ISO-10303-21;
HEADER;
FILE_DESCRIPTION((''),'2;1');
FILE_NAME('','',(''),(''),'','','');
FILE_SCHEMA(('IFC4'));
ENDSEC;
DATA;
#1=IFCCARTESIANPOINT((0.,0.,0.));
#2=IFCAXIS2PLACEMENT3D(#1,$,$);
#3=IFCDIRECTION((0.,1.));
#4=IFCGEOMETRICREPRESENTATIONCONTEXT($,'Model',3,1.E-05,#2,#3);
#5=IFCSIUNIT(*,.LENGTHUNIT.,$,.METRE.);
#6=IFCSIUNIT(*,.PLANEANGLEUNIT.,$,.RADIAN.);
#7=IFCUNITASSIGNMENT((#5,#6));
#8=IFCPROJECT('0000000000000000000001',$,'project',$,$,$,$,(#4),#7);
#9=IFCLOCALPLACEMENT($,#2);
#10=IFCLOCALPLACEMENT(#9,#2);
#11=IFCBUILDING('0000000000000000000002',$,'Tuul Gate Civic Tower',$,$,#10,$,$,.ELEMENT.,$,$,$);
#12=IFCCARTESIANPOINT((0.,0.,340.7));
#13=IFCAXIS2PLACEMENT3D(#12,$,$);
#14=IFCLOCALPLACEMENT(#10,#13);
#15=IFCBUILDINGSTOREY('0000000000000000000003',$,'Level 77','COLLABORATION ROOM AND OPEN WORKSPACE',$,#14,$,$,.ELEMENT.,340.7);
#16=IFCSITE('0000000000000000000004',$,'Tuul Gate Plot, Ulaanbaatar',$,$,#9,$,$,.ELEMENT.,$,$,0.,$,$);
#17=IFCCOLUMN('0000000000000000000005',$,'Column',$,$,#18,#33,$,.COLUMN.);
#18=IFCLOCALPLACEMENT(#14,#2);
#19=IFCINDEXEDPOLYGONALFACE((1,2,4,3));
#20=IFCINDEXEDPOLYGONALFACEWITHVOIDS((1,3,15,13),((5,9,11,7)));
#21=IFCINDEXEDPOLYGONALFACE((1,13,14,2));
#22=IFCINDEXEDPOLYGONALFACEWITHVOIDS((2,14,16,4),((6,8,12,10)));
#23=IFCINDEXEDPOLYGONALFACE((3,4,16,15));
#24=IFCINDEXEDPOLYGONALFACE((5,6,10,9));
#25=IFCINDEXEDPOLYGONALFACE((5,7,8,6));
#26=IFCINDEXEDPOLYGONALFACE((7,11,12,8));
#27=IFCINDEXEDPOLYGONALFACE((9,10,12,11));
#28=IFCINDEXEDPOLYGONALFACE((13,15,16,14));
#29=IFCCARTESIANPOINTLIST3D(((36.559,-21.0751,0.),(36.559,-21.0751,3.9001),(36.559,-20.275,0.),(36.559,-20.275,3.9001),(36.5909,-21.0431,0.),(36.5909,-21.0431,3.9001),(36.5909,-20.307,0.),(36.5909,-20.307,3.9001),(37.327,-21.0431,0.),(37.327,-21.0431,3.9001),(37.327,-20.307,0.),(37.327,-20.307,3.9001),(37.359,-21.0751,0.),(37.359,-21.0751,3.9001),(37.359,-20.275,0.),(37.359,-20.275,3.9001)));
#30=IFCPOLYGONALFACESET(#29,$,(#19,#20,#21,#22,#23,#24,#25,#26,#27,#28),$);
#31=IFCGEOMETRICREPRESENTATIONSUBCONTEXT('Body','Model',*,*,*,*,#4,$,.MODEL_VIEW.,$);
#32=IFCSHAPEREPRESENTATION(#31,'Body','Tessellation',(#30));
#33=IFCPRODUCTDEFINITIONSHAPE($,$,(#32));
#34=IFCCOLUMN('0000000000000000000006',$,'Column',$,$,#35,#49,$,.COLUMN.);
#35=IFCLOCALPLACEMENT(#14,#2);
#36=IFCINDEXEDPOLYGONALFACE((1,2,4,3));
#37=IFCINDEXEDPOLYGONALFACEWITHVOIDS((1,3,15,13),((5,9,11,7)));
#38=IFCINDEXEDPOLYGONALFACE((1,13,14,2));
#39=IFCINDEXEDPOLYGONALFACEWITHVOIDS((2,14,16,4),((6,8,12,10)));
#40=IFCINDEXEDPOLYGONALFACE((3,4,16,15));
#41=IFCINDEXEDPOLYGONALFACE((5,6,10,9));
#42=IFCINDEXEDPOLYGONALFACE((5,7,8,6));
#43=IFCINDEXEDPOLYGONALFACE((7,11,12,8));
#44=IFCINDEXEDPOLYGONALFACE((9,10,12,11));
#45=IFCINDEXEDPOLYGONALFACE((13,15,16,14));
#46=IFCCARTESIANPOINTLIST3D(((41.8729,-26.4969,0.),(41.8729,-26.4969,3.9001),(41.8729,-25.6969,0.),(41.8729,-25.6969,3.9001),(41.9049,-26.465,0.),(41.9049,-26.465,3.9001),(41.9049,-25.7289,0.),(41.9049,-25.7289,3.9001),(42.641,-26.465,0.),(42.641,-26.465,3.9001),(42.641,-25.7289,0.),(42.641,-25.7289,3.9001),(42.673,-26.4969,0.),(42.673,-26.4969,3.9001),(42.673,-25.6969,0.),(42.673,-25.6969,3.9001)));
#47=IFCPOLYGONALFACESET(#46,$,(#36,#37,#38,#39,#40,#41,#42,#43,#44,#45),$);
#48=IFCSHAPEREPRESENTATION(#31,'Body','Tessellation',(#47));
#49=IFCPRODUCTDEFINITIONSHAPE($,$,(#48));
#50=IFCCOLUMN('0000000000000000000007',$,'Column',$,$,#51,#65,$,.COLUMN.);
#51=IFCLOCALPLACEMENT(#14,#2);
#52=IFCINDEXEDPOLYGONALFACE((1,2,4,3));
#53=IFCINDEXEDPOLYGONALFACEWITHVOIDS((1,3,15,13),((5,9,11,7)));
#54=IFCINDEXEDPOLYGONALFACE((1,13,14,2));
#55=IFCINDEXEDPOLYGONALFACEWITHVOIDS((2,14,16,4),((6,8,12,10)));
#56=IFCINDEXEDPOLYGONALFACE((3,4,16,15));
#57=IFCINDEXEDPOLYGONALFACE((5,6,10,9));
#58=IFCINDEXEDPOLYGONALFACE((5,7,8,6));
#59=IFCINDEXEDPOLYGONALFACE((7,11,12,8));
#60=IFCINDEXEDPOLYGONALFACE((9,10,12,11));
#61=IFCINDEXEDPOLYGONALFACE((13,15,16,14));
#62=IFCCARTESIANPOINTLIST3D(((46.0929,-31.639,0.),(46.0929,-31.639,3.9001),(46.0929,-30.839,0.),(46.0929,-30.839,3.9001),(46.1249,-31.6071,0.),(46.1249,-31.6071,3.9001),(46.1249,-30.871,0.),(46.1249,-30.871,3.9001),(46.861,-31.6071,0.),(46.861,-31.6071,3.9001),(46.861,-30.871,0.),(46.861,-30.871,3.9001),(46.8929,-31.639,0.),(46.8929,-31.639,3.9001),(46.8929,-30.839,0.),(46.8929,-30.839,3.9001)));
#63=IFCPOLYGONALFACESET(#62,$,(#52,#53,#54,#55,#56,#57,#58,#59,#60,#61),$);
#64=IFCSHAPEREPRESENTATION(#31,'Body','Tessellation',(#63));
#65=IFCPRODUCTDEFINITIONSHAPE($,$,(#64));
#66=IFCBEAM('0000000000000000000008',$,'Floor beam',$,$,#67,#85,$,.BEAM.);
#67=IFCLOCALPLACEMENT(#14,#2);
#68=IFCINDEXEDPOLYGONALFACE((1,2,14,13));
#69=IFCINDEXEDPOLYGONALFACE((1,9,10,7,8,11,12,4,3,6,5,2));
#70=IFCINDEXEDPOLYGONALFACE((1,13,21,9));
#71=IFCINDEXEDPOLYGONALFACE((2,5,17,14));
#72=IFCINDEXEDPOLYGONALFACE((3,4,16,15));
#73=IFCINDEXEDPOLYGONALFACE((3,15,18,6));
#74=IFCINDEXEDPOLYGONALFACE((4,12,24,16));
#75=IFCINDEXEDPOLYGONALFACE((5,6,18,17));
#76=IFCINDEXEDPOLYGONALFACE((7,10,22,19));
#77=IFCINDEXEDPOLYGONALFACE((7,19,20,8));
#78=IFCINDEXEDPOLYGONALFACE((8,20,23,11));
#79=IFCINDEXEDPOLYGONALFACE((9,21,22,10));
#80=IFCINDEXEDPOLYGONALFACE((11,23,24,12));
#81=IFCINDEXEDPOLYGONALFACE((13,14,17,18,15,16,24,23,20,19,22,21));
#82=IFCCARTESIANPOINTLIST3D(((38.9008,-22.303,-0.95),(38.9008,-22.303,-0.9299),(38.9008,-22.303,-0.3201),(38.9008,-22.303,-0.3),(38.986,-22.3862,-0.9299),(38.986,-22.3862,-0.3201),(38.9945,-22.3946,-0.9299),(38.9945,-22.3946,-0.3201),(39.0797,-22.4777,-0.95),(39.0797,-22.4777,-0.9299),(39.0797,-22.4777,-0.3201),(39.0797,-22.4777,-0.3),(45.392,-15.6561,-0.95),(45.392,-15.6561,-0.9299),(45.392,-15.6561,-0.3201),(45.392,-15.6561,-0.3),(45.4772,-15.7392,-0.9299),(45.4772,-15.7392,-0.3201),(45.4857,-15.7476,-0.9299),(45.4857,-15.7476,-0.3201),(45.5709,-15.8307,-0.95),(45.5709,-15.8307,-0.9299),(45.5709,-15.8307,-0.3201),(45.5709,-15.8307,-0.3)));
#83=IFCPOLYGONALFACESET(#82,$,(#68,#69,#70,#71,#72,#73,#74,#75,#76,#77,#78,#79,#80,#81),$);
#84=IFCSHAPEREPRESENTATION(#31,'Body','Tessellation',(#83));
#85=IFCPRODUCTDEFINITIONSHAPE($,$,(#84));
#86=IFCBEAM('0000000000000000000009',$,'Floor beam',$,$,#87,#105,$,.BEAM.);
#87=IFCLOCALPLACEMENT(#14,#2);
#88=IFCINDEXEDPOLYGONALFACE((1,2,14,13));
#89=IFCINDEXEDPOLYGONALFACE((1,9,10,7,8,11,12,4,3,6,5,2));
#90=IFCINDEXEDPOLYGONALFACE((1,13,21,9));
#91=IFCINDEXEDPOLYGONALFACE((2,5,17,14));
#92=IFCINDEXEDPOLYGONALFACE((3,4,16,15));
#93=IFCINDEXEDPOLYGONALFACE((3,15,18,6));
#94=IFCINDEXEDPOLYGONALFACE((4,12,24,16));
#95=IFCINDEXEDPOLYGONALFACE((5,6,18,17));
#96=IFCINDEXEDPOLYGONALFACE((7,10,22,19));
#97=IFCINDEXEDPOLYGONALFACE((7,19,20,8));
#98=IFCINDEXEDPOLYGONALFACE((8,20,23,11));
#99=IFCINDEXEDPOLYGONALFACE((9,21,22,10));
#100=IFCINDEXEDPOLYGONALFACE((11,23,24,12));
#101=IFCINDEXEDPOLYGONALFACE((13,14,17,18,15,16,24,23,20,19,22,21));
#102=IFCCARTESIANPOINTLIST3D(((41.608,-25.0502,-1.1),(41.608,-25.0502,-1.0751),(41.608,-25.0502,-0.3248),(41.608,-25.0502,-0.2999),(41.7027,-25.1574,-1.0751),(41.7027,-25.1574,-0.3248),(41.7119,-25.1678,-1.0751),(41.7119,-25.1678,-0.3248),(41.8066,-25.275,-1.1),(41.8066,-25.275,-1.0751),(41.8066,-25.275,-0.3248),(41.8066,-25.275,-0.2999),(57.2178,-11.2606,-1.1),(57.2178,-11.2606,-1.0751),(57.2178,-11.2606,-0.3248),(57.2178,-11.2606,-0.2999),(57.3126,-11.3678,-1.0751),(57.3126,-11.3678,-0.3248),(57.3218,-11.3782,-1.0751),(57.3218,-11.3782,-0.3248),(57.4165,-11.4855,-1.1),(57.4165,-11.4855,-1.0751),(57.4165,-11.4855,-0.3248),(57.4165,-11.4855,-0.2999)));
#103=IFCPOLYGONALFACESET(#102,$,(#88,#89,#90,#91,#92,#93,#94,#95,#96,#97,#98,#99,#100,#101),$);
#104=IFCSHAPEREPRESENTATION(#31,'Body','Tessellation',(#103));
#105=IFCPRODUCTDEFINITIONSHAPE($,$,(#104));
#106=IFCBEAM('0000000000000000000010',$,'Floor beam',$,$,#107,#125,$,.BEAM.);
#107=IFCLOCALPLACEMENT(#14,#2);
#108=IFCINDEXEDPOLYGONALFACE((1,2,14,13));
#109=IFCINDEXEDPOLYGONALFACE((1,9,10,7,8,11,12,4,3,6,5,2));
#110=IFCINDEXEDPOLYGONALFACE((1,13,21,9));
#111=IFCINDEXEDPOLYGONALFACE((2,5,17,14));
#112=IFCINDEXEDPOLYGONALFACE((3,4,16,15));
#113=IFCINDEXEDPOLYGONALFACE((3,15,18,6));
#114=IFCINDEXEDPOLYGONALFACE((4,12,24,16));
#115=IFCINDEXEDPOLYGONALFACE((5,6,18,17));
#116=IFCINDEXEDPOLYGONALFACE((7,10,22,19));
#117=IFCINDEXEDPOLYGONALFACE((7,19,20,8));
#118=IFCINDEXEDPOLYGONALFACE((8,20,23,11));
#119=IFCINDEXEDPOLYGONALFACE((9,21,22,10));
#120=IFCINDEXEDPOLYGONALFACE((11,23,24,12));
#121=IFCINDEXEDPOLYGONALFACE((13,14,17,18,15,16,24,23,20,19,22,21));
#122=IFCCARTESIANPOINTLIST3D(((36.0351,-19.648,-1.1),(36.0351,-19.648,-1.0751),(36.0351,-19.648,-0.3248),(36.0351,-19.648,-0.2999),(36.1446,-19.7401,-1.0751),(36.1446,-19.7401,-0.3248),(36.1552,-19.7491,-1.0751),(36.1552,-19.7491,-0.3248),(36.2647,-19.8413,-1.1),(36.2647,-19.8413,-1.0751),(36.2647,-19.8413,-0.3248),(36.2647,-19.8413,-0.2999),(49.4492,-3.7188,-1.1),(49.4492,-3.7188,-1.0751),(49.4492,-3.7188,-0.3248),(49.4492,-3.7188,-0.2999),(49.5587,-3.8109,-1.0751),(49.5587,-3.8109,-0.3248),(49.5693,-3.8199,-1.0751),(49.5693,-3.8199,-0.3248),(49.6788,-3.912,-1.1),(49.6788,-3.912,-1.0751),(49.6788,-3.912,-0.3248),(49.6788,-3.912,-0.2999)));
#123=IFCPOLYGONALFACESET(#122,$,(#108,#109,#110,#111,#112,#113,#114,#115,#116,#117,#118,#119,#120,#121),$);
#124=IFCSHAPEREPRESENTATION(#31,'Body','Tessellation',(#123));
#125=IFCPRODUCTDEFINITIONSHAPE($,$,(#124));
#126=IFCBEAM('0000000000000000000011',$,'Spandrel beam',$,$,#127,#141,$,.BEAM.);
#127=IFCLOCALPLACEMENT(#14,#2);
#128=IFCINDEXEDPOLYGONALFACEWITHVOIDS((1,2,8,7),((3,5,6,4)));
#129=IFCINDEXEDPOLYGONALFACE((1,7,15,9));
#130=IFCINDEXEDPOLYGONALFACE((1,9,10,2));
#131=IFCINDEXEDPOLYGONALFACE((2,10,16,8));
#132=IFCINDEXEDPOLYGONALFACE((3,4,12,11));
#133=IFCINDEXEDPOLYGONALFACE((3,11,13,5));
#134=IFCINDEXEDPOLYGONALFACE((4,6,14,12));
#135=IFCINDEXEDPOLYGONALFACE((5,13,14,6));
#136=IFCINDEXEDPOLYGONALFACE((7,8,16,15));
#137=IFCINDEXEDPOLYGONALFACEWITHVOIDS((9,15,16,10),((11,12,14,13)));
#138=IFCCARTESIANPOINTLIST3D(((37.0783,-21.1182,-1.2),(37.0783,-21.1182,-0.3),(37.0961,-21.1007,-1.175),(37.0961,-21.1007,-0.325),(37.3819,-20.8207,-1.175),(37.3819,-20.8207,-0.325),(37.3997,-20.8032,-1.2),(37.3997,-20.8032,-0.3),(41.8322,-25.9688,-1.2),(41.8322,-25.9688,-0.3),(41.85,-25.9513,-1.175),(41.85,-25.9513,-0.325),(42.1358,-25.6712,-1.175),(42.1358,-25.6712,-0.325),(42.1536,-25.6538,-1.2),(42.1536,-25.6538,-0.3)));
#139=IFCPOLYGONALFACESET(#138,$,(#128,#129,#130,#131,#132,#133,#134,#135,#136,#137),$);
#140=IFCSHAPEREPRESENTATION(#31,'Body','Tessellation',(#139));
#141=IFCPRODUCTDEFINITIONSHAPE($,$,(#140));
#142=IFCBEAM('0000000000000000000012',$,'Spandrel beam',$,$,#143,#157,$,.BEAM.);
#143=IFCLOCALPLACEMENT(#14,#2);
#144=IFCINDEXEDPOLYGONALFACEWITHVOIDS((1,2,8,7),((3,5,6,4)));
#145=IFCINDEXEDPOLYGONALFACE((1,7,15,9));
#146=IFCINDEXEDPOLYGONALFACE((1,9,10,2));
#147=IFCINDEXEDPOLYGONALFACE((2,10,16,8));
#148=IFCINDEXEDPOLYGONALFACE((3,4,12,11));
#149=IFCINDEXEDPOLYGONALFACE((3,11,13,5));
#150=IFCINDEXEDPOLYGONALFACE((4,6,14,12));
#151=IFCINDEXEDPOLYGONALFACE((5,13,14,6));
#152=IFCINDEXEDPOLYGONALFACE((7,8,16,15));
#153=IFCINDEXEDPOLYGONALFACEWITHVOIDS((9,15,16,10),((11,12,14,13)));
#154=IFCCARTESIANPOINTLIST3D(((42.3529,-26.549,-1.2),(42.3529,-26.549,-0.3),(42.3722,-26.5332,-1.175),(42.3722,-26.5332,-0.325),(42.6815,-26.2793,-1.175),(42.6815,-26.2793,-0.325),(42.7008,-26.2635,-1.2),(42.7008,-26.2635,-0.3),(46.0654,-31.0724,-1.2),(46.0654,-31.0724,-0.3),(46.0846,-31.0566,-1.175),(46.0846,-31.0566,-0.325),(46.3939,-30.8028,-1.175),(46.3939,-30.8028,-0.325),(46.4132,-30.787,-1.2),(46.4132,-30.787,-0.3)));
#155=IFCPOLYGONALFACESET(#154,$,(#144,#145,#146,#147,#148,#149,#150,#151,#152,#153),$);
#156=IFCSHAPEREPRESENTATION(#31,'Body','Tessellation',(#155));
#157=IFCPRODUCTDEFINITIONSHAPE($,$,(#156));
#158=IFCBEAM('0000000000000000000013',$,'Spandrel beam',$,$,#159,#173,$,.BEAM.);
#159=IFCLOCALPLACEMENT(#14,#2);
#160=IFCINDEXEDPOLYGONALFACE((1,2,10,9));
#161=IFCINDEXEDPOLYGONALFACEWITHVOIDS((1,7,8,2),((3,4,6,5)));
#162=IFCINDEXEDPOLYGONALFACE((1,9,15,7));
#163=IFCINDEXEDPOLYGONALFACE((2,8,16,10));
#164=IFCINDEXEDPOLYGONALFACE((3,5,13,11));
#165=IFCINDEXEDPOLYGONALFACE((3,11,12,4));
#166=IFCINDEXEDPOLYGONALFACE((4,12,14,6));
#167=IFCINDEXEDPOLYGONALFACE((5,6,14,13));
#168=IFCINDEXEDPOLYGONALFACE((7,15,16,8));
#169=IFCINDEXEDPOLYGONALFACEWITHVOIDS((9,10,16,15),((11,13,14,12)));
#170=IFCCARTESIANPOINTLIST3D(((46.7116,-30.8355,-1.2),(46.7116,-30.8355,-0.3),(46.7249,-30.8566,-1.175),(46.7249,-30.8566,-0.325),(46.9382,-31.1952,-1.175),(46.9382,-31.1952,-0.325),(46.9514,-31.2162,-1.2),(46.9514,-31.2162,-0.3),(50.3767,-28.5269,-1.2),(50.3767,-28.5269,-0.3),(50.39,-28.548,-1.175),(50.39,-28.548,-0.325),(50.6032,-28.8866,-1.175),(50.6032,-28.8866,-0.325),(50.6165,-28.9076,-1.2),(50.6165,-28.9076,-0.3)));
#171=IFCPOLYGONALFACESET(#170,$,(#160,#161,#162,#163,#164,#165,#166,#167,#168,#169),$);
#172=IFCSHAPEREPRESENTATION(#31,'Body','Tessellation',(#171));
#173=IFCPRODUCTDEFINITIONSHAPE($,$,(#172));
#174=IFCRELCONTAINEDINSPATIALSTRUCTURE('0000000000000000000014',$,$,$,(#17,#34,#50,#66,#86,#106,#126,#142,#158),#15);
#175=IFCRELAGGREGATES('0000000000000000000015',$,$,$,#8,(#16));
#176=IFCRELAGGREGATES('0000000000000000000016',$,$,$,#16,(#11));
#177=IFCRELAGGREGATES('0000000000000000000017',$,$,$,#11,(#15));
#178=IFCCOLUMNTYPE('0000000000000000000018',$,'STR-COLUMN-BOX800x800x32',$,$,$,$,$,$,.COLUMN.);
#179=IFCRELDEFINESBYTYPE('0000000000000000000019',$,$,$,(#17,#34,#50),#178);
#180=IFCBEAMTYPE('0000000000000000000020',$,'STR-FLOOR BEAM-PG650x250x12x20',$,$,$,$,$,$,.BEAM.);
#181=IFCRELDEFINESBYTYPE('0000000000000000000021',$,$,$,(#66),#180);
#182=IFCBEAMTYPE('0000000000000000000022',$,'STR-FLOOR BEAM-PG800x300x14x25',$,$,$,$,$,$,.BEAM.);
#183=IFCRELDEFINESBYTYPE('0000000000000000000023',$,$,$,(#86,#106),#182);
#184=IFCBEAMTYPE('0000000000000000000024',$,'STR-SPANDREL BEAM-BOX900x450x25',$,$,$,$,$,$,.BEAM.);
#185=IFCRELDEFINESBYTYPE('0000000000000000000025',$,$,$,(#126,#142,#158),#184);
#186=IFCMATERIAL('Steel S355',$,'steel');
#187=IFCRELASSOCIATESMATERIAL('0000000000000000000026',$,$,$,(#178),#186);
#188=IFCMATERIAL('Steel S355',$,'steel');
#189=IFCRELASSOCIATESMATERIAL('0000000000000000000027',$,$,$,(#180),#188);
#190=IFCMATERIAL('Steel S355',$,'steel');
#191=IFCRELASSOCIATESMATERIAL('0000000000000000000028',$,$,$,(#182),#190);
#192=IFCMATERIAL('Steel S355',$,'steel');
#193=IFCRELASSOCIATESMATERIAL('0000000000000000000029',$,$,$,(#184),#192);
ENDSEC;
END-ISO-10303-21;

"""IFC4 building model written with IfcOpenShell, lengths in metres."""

from ifc_helpers import new_model, si_unit, direction, frame, origin, origin_2d, place, context, subcontext, project, spatial, hollow_rectangle, i_section, extrude, material, material_profile, profile_set, type_object, element, save


model = new_model("IFC4")

# Units and contexts
model_context = context("Model", 3, precision=1e-05, world=origin(), true_north=direction((0.0, 1.0)))
body_context = subcontext(model_context, "Body", "Model", "MODEL_VIEW")
ifc_project = project(units=[si_unit("LENGTHUNIT", "METRE"), si_unit("PLANEANGLEUNIT", "RADIAN")], contexts=[model_context])

# Site, building, storey
site_placement = place(None, origin())
site = spatial("IfcSite", under=ifc_project, at=site_placement, Name="Tuul Gate Plot, Ulaanbaatar", CompositionType="ELEMENT", RefElevation=0.0)
building_placement = place(site_placement, origin())
building = spatial("IfcBuilding", under=site, at=building_placement, Name="Tuul Gate Civic Tower", CompositionType="ELEMENT")
storey_placement = place(building_placement, frame((0.0, 0.0, 340.7)))
storey = spatial("IfcBuildingStorey", under=building, at=storey_placement, Name="Level 77", Description="COLLABORATION ROOM AND OPEN WORKSPACE", CompositionType="ELEMENT", Elevation=340.7)

# Columns
ifc_material_1 = material(Name="Steel S355", Category="steel")
ifc_material_profile_1 = material_profile(ifc_material_1, hollow_rectangle(XDim=0.8, YDim=0.8, WallThickness=0.032, at=origin_2d()), Name="BOX800x800x32")
ifc_profile_set_1 = profile_set([ifc_material_profile_1], Name="Steel S355")
column_type = type_object("IfcColumnType", Name="STR-COLUMN-BOX800x800x32", PredefinedType="COLUMN", material=ifc_profile_set_1)
for number, where, z_axis, x_axis, name in (
    (1, (36.959, -20.675, 0.0), (0.0, 0.0, 1.0), (1.0, 0.0, 0.0), "Column"),
    (2, (42.2729, -26.0969, 0.0), (0.0, 0.0, 1.0), (1.0, 0.0, 0.0), "Column"),
    (3, (46.4929, -31.239, 0.0), (0.0, 0.0, 1.0), (1.0, 0.0, 0.0), "Column"),
):
    element("IfcColumn", number, at=place(storey_placement, frame(where, z_axis=z_axis, x_axis=x_axis)), inside=storey, type_object=column_type, Name=name, PredefinedType="COLUMN", context=body_context, shape_type="SweptSolid", body=[
        extrude(hollow_rectangle(XDim=0.8, YDim=0.8, WallThickness=0.032, at=origin_2d()), origin(), (0.0, 0.0, 1.0), 3.9001),
    ])

# Beams
ifc_material_2 = material(Name="Steel S355", Category="steel")
ifc_material_profile_2 = material_profile(ifc_material_2, i_section(OverallWidth=0.25, OverallDepth=0.6499, WebThickness=0.012, FlangeThickness=0.02, at=origin_2d()), Name="PG650x250x12x20")
ifc_profile_set_2 = profile_set([ifc_material_profile_2], Name="Steel S355")
beam_type_1 = type_object("IfcBeamType", Name="STR-FLOOR BEAM-PG650x250x12x20", PredefinedType="BEAM", material=ifc_profile_set_2)
beam_1_placement = place(storey_placement, frame((38.9902, -22.3904, -0.625), z_axis=(0.698674, 0.71544, 0.0), x_axis=(-0.71544, 0.698674, 0.0)))
element("IfcBeam", 4, at=beam_1_placement, inside=storey, type_object=beam_type_1, Name="Floor beam", PredefinedType="BEAM", context=body_context, shape_type="SweptSolid", body=[
    extrude(i_section(OverallWidth=0.25, OverallDepth=0.6499, WebThickness=0.012, FlangeThickness=0.02, at=origin_2d()), origin(), (0.0, 0.0, 1.0), 9.2908),
])
ifc_material_3 = material(Name="Steel S355", Category="steel")
ifc_material_profile_3 = material_profile(ifc_material_3, i_section(OverallWidth=0.3, OverallDepth=0.8, WebThickness=0.0139, FlangeThickness=0.0249, at=origin_2d()), Name="PG800x300x14x25")
ifc_profile_set_3 = profile_set([ifc_material_profile_3], Name="Steel S355")
beam_type_2 = type_object("IfcBeamType", Name="STR-FLOOR BEAM-PG800x300x14x25", PredefinedType="BEAM", material=ifc_profile_set_3)
beam_2_placement = place(storey_placement, frame((41.7073, -25.1626, -0.7), z_axis=(0.749453, 0.662057, 0.0), x_axis=(-0.662057, 0.749453, 0.0)))
element("IfcBeam", 5, at=beam_2_placement, inside=storey, type_object=beam_type_2, Name="Floor beam", PredefinedType="BEAM", context=body_context, shape_type="SweptSolid", body=[
    extrude(i_section(OverallWidth=0.3, OverallDepth=0.8, WebThickness=0.0139, FlangeThickness=0.0249, at=origin_2d()), origin(), (0.0, 0.0, 1.0), 20.8284),
])
beam_3_placement = place(storey_placement, frame((36.1499, -19.7446, -0.7), z_axis=(0.644136, 0.764911, 0.0), x_axis=(-0.764911, 0.644136, 0.0)))
element("IfcBeam", 6, at=beam_3_placement, inside=storey, type_object=beam_type_2, Name="Floor beam", PredefinedType="BEAM", context=body_context, shape_type="SweptSolid", body=[
    extrude(i_section(OverallWidth=0.3, OverallDepth=0.8, WebThickness=0.0139, FlangeThickness=0.0249, at=origin_2d()), origin(), (0.0, 0.0, 1.0), 20.825),
])
ifc_material_4 = material(Name="Steel S355", Category="steel")
ifc_material_profile_4 = material_profile(ifc_material_4, hollow_rectangle(XDim=0.45, YDim=0.8999, WallThickness=0.0249, at=origin_2d()), Name="BOX900x450x25")
ifc_profile_set_4 = profile_set([ifc_material_profile_4], Name="Steel S355")
beam_type_3 = type_object("IfcBeamType", Name="STR-SPANDREL BEAM-BOX900x450x25", PredefinedType="BEAM", material=ifc_profile_set_4)
beam_4_placement = place(storey_placement, frame((37.239, -20.9607, -0.75), z_axis=(0.699954, -0.714188, 0.0), x_axis=(0.714188, 0.699954, 0.0)))
element("IfcBeam", 7, at=beam_4_placement, inside=storey, type_object=beam_type_3, Name="Spandrel beam", PredefinedType="BEAM", context=body_context, shape_type="SweptSolid", body=[
    extrude(hollow_rectangle(XDim=0.45, YDim=0.8999, WallThickness=0.0249, at=origin_2d()), origin(), (0.0, 0.0, 1.0), 6.7917),
])
beam_5_placement = place(storey_placement, frame((42.5269, -26.4062, -0.75), z_axis=(0.634405, -0.773001, 0.0), x_axis=(0.773001, 0.634405, 0.0)))
element("IfcBeam", 8, at=beam_5_placement, inside=storey, type_object=beam_type_3, Name="Spandrel beam", PredefinedType="BEAM", context=body_context, shape_type="SweptSolid", body=[
    extrude(hollow_rectangle(XDim=0.45, YDim=0.8999, WallThickness=0.0249, at=origin_2d()), origin(), (0.0, 0.0, 1.0), 5.8518),
])
beam_6_placement = place(storey_placement, frame((46.8315, -31.0259, -0.75), z_axis=(0.846131, 0.532975, 0.0), x_axis=(-0.532975, 0.846131, 0.0)))
element("IfcBeam", 9, at=beam_6_placement, inside=storey, type_object=beam_type_3, Name="Spandrel beam", PredefinedType="BEAM", context=body_context, shape_type="SweptSolid", body=[
    extrude(hollow_rectangle(XDim=0.45, YDim=0.8999, WallThickness=0.0249, at=origin_2d()), origin(), (0.0, 0.0, 1.0), 4.3315),
])

save(model, "model.ifc")
